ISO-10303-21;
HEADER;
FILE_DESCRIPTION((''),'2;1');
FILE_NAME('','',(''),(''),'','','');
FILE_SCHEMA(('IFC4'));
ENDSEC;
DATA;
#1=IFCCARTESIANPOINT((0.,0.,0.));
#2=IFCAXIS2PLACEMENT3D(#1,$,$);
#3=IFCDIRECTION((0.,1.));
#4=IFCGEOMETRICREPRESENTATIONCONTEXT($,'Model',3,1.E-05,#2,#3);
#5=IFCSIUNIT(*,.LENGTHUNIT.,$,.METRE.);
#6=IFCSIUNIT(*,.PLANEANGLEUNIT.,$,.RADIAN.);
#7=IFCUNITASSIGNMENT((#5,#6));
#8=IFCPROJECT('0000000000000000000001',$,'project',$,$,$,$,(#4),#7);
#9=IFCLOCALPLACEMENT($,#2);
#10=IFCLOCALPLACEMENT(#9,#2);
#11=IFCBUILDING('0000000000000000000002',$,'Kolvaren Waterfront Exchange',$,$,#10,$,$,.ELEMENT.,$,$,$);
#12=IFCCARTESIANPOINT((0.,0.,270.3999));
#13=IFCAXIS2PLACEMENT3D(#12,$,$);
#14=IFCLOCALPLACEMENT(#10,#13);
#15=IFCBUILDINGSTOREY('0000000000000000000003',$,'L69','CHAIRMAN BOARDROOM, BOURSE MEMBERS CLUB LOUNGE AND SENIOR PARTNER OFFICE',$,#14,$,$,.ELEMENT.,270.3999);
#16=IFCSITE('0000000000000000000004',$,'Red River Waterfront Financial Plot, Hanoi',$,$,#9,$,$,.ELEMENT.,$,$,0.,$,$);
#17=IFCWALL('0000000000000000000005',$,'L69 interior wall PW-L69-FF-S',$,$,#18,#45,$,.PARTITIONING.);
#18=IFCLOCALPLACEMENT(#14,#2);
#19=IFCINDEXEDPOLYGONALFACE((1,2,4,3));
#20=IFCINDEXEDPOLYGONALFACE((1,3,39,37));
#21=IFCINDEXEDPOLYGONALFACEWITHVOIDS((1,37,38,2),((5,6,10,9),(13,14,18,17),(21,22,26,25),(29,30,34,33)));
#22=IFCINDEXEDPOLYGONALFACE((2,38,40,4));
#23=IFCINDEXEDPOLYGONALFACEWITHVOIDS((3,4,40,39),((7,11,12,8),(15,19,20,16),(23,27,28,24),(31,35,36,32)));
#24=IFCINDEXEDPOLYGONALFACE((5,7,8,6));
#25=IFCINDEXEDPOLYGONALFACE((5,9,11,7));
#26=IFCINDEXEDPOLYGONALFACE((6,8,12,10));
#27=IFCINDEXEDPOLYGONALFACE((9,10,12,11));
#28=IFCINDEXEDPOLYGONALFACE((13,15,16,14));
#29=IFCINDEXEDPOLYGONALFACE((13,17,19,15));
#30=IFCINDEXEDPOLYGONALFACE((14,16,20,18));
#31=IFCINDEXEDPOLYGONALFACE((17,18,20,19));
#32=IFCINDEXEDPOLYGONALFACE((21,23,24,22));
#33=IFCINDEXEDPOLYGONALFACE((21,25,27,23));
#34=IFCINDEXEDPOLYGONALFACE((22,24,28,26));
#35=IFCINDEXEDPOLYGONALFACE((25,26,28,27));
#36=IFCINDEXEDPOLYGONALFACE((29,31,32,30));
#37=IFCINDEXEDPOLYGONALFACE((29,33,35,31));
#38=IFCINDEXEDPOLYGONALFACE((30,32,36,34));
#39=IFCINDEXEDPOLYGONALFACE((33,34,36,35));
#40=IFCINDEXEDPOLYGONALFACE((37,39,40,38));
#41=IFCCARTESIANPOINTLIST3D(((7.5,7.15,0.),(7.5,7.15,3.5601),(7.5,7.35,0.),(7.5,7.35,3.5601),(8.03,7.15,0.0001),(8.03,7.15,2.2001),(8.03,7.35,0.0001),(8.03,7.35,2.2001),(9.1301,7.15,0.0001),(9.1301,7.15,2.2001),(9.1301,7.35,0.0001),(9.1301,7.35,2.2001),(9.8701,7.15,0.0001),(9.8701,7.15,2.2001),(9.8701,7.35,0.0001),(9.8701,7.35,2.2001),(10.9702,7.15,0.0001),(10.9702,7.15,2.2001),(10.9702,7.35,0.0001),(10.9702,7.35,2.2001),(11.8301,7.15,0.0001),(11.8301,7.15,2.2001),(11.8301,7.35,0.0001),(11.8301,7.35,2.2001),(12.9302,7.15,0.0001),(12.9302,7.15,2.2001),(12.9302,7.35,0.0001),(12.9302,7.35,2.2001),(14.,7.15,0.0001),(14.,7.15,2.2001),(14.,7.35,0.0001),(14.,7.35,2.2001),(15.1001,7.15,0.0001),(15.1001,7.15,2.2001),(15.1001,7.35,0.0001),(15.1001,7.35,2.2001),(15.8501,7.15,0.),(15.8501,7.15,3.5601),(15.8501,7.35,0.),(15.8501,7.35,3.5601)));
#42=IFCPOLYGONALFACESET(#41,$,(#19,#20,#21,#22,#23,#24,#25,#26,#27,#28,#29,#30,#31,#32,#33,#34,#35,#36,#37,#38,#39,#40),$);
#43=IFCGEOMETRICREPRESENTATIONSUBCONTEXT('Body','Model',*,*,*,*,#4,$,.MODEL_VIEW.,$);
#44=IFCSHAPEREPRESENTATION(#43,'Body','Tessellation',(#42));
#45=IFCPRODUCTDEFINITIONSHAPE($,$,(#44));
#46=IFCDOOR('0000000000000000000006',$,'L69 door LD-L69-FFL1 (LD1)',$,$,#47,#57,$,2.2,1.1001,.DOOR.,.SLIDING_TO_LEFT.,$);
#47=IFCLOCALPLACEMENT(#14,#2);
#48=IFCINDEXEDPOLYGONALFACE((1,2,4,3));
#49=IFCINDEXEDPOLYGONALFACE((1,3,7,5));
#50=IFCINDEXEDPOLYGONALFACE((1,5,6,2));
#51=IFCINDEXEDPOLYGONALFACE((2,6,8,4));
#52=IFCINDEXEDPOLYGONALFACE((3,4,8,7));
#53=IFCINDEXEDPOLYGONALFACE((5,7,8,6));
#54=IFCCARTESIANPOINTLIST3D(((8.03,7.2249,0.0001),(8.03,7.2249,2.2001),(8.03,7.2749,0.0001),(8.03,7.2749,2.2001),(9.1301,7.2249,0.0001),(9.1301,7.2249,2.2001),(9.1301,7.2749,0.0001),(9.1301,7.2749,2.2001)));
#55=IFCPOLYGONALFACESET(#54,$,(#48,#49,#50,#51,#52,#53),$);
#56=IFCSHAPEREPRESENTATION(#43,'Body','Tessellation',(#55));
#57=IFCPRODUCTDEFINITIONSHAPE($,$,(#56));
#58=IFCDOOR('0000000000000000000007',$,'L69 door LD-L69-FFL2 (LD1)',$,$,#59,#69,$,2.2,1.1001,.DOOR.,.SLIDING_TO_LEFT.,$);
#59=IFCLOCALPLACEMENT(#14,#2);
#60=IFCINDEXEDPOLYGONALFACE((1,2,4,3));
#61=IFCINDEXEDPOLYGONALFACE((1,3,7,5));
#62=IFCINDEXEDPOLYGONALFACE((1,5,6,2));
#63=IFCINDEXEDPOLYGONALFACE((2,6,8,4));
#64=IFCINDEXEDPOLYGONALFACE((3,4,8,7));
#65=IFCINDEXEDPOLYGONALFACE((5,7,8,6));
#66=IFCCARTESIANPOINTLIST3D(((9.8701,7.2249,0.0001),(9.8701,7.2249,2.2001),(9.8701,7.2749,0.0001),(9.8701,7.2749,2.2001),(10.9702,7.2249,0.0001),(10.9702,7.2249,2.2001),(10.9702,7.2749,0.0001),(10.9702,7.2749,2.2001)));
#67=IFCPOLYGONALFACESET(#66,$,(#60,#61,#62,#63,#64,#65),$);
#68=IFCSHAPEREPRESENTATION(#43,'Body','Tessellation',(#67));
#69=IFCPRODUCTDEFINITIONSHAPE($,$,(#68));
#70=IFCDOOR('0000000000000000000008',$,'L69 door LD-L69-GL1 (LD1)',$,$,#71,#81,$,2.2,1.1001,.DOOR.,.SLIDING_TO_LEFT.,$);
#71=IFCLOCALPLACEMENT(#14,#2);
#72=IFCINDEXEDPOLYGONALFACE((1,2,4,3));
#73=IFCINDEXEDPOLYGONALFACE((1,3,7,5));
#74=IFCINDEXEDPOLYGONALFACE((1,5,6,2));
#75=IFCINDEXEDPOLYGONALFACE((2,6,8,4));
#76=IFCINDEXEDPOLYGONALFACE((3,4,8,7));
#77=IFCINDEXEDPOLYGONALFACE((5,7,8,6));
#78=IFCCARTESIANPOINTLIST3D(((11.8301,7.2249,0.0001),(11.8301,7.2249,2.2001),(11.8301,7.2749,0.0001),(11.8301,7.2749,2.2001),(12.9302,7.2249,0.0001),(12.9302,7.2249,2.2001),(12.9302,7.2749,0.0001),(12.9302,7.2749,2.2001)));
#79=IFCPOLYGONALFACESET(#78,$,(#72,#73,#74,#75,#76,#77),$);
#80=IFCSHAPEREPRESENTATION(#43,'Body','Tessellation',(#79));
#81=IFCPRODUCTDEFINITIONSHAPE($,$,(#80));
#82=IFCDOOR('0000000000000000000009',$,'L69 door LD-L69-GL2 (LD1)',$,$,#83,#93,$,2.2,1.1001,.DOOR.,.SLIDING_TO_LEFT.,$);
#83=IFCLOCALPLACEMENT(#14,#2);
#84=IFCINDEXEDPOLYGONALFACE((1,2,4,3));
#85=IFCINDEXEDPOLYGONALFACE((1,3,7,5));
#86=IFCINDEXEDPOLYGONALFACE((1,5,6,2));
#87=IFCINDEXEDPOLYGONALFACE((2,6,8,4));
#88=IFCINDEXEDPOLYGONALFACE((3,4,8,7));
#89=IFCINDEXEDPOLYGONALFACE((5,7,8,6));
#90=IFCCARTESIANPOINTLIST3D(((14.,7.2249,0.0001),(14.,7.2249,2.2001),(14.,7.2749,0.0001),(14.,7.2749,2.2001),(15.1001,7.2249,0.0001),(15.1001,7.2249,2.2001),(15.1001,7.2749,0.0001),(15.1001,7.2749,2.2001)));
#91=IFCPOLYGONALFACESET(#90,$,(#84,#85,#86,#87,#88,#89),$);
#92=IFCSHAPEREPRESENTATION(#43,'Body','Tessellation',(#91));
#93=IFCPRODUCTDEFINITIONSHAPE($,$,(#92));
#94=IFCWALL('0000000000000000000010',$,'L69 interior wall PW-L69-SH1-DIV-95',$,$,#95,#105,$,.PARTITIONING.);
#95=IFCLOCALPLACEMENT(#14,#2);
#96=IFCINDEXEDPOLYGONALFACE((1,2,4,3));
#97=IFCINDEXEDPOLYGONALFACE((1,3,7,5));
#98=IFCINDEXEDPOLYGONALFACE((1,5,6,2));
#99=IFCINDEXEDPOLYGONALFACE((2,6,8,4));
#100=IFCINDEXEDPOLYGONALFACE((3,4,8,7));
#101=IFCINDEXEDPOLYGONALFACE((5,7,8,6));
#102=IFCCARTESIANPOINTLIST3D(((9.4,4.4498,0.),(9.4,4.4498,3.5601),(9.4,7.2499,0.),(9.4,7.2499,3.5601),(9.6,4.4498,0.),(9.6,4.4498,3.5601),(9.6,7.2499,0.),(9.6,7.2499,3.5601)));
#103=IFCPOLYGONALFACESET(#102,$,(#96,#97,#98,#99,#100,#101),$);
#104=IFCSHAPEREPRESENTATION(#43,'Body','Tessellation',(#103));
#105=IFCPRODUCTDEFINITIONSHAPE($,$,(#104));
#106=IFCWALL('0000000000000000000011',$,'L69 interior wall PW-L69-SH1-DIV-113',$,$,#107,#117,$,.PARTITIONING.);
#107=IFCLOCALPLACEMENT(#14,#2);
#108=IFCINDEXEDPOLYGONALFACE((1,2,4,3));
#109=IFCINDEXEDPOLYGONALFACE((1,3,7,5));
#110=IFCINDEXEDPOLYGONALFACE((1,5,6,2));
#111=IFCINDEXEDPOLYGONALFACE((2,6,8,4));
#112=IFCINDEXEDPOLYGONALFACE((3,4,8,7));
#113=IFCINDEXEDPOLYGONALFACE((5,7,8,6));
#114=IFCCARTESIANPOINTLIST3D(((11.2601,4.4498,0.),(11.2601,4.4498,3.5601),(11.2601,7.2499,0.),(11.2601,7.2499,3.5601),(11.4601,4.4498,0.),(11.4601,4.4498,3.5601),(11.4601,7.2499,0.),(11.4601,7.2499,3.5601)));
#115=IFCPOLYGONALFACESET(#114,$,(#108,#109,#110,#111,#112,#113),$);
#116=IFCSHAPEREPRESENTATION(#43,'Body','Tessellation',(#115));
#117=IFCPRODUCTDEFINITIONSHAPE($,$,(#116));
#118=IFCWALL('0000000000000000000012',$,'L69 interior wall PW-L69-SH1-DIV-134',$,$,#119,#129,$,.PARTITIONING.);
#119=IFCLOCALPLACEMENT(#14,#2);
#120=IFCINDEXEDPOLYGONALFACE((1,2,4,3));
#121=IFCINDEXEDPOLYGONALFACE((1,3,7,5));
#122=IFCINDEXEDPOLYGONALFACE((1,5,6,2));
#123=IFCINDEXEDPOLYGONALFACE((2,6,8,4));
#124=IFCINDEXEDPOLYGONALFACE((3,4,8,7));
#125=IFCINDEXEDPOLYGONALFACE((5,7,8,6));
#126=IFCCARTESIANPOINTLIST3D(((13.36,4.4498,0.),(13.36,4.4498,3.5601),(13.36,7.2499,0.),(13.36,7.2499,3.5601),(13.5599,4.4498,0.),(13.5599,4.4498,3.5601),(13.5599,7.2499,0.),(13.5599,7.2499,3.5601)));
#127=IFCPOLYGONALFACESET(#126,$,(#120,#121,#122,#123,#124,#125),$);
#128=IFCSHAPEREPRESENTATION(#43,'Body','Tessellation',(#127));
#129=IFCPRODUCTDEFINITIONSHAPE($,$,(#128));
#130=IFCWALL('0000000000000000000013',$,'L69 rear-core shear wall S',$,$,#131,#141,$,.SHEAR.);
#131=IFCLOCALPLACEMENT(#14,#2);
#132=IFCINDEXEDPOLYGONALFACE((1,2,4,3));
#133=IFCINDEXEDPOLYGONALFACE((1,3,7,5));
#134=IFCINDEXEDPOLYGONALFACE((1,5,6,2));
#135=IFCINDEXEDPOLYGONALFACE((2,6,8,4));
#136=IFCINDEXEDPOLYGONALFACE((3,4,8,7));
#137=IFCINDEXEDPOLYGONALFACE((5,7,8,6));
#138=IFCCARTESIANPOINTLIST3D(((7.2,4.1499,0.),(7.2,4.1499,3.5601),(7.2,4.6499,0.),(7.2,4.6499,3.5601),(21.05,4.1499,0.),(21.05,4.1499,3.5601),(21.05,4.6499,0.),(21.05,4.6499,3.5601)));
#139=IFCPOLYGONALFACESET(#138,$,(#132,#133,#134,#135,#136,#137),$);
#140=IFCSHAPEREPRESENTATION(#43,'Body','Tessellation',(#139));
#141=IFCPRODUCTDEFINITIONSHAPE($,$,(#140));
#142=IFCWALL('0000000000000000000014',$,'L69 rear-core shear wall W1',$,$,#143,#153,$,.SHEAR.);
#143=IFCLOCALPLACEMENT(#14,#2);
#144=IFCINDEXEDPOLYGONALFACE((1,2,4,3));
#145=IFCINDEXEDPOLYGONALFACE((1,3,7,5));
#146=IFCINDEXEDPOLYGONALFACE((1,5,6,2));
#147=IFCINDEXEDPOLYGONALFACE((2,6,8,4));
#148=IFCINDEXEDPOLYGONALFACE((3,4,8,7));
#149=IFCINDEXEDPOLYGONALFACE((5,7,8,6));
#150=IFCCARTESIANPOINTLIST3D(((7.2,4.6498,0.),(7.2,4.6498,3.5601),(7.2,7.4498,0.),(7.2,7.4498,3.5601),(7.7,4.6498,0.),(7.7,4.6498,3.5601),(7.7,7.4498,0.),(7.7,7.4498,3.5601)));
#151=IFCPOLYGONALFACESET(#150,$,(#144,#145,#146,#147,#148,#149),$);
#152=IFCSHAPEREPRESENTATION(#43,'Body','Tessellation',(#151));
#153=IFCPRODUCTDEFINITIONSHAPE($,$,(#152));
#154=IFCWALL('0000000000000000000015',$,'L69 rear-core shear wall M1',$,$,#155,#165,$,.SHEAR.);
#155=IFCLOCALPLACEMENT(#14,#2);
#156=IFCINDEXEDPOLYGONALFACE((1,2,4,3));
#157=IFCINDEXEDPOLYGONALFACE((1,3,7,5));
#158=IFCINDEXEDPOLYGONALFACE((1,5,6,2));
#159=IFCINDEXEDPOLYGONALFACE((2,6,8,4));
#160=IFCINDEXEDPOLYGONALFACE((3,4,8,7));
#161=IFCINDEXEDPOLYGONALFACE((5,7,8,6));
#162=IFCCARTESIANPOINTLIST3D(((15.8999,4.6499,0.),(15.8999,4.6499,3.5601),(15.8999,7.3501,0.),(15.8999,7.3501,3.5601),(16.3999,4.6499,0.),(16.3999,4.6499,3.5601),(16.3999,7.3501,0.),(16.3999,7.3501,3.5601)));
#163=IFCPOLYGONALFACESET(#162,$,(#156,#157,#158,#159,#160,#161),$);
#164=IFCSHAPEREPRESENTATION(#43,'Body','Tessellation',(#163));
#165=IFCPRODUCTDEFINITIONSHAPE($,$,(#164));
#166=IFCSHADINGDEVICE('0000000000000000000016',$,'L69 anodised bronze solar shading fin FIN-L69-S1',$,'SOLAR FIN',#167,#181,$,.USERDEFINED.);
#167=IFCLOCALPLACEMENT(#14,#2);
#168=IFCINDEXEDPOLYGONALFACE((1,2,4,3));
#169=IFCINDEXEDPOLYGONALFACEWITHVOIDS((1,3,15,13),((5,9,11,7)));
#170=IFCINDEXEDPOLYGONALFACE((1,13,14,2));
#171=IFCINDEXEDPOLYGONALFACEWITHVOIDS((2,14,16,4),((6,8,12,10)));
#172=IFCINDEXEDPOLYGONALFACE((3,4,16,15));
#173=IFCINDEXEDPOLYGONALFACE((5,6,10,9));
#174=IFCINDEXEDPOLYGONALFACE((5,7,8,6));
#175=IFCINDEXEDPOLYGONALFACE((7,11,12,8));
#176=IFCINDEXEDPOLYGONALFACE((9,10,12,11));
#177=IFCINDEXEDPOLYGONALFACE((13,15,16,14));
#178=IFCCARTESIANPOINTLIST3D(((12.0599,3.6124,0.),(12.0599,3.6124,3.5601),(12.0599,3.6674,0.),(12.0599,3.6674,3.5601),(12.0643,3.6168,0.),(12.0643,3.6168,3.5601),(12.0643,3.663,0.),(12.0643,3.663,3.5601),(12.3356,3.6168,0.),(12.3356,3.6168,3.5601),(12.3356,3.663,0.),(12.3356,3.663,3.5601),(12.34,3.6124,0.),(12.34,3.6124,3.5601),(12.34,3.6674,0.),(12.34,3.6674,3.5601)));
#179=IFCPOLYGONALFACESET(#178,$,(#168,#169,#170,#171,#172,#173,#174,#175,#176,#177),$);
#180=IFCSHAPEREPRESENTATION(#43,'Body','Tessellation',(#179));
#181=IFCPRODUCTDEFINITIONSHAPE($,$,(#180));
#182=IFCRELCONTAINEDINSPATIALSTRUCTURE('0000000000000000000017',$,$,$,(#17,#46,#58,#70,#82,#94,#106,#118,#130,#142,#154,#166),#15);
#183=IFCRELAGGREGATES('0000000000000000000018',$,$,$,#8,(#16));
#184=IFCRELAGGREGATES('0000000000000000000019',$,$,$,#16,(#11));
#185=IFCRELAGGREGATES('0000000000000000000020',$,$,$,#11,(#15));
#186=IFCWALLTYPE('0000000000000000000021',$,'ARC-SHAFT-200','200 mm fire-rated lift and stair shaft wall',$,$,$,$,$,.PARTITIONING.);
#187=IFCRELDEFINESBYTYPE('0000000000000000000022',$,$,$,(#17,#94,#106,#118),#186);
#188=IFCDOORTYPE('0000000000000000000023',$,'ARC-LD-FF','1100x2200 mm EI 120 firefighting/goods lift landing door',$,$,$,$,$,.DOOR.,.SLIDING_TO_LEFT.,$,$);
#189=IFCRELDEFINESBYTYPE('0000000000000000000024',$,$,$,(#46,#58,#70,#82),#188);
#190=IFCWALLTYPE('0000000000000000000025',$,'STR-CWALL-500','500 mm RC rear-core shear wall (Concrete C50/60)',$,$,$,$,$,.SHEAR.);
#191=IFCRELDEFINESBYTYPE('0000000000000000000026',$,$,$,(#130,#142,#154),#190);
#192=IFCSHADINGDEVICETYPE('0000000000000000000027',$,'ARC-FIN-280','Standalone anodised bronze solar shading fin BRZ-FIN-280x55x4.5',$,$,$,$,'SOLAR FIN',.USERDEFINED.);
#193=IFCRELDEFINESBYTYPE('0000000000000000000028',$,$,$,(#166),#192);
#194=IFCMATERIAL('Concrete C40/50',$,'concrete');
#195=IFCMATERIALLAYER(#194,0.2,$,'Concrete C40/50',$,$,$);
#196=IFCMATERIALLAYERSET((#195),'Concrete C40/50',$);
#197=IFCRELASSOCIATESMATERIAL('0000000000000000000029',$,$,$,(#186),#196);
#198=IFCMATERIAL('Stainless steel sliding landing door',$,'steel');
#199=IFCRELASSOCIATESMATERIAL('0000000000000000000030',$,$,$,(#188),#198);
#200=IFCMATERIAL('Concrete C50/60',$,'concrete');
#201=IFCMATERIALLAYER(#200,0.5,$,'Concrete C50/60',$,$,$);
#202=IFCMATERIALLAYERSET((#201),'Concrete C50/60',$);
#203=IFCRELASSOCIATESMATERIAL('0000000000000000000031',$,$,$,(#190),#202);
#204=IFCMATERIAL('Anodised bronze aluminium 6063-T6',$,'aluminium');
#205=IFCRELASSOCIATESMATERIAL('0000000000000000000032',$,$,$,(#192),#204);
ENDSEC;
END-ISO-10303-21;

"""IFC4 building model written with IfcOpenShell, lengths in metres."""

from ifc_helpers import new_model, si_unit, direction, frame, frame_2d, origin, origin_2d, place, context, subcontext, project, spatial, rectangle, hollow_rectangle, extrude, material, layer, layer_set, material_profile, profile_set, type_object, element, fill, save


model = new_model("IFC4")

# Units and contexts
model_context = context("Model", 3, precision=1e-05, world=origin(), true_north=direction((0.0, 1.0)))
body_context = subcontext(model_context, "Body", "Model", "MODEL_VIEW")
ifc_project = project(units=[si_unit("LENGTHUNIT", "METRE"), si_unit("PLANEANGLEUNIT", "RADIAN")], contexts=[model_context])

# Site, building, storey
site_placement = place(None, origin())
site = spatial("IfcSite", under=ifc_project, at=site_placement, Name="Red River Waterfront Financial Plot, Hanoi", CompositionType="ELEMENT", RefElevation=0.0)
building_placement = place(site_placement, origin())
building = spatial("IfcBuilding", under=site, at=building_placement, Name="Kolvaren Waterfront Exchange", CompositionType="ELEMENT")
storey_placement = place(building_placement, frame((0.0, 0.0, 270.3999)))
storey = spatial("IfcBuildingStorey", under=building, at=storey_placement, Name="L69", Description="CHAIRMAN BOARDROOM, BOURSE MEMBERS CLUB LOUNGE AND SENIOR PARTNER OFFICE", CompositionType="ELEMENT", Elevation=270.3999)

# Shared definitions
ifc_material_1 = material(Name="Concrete C50/60", Category="concrete")

# Shared definitions
ifc_material_2 = material(Name="Anodised bronze aluminium 6063-T6", Category="aluminium")

# Shared definitions
ifc_material_3 = material(Name="Concrete C40/50", Category="concrete")
ifc_layer_1 = layer(ifc_material_3, 0.2, Name="Concrete C40/50")
ifc_layer_set_1 = layer_set([ifc_layer_1], Name="Concrete C40/50")
wall_type_1 = type_object("IfcWallType", Name="ARC-SHAFT-200", Description="200 mm fire-rated lift and stair shaft wall", PredefinedType="PARTITIONING", material=ifc_layer_set_1)

# Wall, openings, doors
wall_1_placement = place(storey_placement, frame((7.5, 7.25, 0.0), z_axis=(0.0, 0.0, 1.0), x_axis=(1.0, 0.0, 0.0)))
wall_1 = element("IfcWall", 1, at=wall_1_placement, inside=storey, type_object=wall_type_1, Name="L69 interior wall PW-L69-FF-S", PredefinedType="PARTITIONING", context=body_context, shape_type="SweptSolid", body=[
    extrude(rectangle(XDim=8.3501, YDim=0.2, at=frame_2d((4.175, 0.0))), origin(), (0.0, 0.0, 1.0), 3.5601),
])
opening_1_placement = place(wall_1_placement, frame((0.53, 0.0, 0.0)))
opening_1 = element("IfcOpeningElement", 2, at=opening_1_placement, cuts=wall_1, PredefinedType="OPENING", context=body_context, shape_type="SweptSolid", body=[
    extrude(rectangle(XDim=1.1001, YDim=2.2, at=frame_2d((0.55, 1.1001))), frame((0.0, 0.1099, 0.0), z_axis=(0.0, -1.0, 0.0), x_axis=(1.0, 0.0, 0.0)), (0.0, 0.0, 1.0), 0.22),
])
opening_2_placement = place(wall_1_placement, frame((2.3701, 0.0, 0.0)))
opening_2 = element("IfcOpeningElement", 3, at=opening_2_placement, cuts=wall_1, PredefinedType="OPENING", context=body_context, shape_type="SweptSolid", body=[
    extrude(rectangle(XDim=1.1001, YDim=2.2, at=frame_2d((0.55, 1.1001))), frame((0.0, 0.1099, 0.0), z_axis=(0.0, -1.0, 0.0), x_axis=(1.0, 0.0, 0.0)), (0.0, 0.0, 1.0), 0.22),
])
opening_3_placement = place(wall_1_placement, frame((4.3301, 0.0, 0.0)))
opening_3 = element("IfcOpeningElement", 4, at=opening_3_placement, cuts=wall_1, PredefinedType="OPENING", context=body_context, shape_type="SweptSolid", body=[
    extrude(rectangle(XDim=1.1001, YDim=2.2, at=frame_2d((0.55, 1.1001))), frame((0.0, 0.1099, 0.0), z_axis=(0.0, -1.0, 0.0), x_axis=(1.0, 0.0, 0.0)), (0.0, 0.0, 1.0), 0.22),
])
opening_4_placement = place(wall_1_placement, frame((6.5, 0.0, 0.0)))
opening_4 = element("IfcOpeningElement", 5, at=opening_4_placement, cuts=wall_1, PredefinedType="OPENING", context=body_context, shape_type="SweptSolid", body=[
    extrude(rectangle(XDim=1.1001, YDim=2.2, at=frame_2d((0.55, 1.1001))), frame((0.0, 0.1099, 0.0), z_axis=(0.0, -1.0, 0.0), x_axis=(1.0, 0.0, 0.0)), (0.0, 0.0, 1.0), 0.22),
])
ifc_material_4 = material(Name="Stainless steel sliding landing door", Category="steel")
door_type = type_object("IfcDoorType", Name="ARC-LD-FF", Description="1100x2200 mm EI 120 firefighting/goods lift landing door", OperationType="SLIDING_TO_LEFT", PredefinedType="DOOR", material=ifc_material_4)
door_1_placement = place(opening_1_placement, origin())
door_1 = element("IfcDoor", 6, at=door_1_placement, inside=storey, type_object=door_type, Name="L69 door LD-L69-FFL1 (LD1)", OperationType="SLIDING_TO_LEFT", OverallHeight=2.2, OverallWidth=1.1001, PredefinedType="DOOR", context=body_context, shape_type="SweptSolid", body=[
    extrude(rectangle(XDim=1.1001, YDim=2.2, at=frame_2d((0.55, 1.1001))), frame((0.0, 0.0249, 0.0), z_axis=(0.0, -1.0, 0.0), x_axis=(1.0, 0.0, 0.0)), (0.0, 0.0, 1.0), 0.05),
])
fill(opening_1, door_1)
door_2_placement = place(opening_2_placement, origin())
door_2 = element("IfcDoor", 7, at=door_2_placement, inside=storey, type_object=door_type, Name="L69 door LD-L69-FFL2 (LD1)", OperationType="SLIDING_TO_LEFT", OverallHeight=2.2, OverallWidth=1.1001, PredefinedType="DOOR", context=body_context, shape_type="SweptSolid", body=[
    extrude(rectangle(XDim=1.1001, YDim=2.2, at=frame_2d((0.55, 1.1001))), frame((0.0, 0.0249, 0.0), z_axis=(0.0, -1.0, 0.0), x_axis=(1.0, 0.0, 0.0)), (0.0, 0.0, 1.0), 0.05),
])
fill(opening_2, door_2)
door_3_placement = place(opening_3_placement, origin())
door_3 = element("IfcDoor", 8, at=door_3_placement, inside=storey, type_object=door_type, Name="L69 door LD-L69-GL1 (LD1)", OperationType="SLIDING_TO_LEFT", OverallHeight=2.2, OverallWidth=1.1001, PredefinedType="DOOR", context=body_context, shape_type="SweptSolid", body=[
    extrude(rectangle(XDim=1.1001, YDim=2.2, at=frame_2d((0.55, 1.1001))), frame((0.0, 0.0249, 0.0), z_axis=(0.0, -1.0, 0.0), x_axis=(1.0, 0.0, 0.0)), (0.0, 0.0, 1.0), 0.05),
])
fill(opening_3, door_3)
door_4_placement = place(opening_4_placement, origin())
door_4 = element("IfcDoor", 9, at=door_4_placement, inside=storey, type_object=door_type, Name="L69 door LD-L69-GL2 (LD1)", OperationType="SLIDING_TO_LEFT", OverallHeight=2.2, OverallWidth=1.1001, PredefinedType="DOOR", context=body_context, shape_type="SweptSolid", body=[
    extrude(rectangle(XDim=1.1001, YDim=2.2, at=frame_2d((0.55, 1.1001))), frame((0.0, 0.0249, 0.0), z_axis=(0.0, -1.0, 0.0), x_axis=(1.0, 0.0, 0.0)), (0.0, 0.0, 1.0), 0.05),
])
fill(opening_4, door_4)

# Walls
for number, where, z_axis, x_axis, name in (
    (10, (9.5, 4.45, 0.0), (0.0, 0.0, 1.0), (0.0, 1.0, 0.0), "L69 interior wall PW-L69-SH1-DIV-95"),
    (11, (11.3601, 4.45, 0.0), (0.0, 0.0, 1.0), (0.0, 1.0, 0.0), "L69 interior wall PW-L69-SH1-DIV-113"),
    (12, (13.46, 4.45, 0.0), (0.0, 0.0, 1.0), (0.0, 1.0, 0.0), "L69 interior wall PW-L69-SH1-DIV-134"),
):
    element("IfcWall", number, at=place(storey_placement, frame(where, z_axis=z_axis, x_axis=x_axis)), inside=storey, type_object=wall_type_1, Name=name, PredefinedType="PARTITIONING", context=body_context, shape_type="SweptSolid", body=[
        extrude(rectangle(XDim=2.8, YDim=0.2, at=frame_2d((1.3999, 0.0))), origin(), (0.0, 0.0, 1.0), 3.5601),
    ])
ifc_layer_2 = layer(ifc_material_1, 0.5, Name="Concrete C50/60")
ifc_layer_set_2 = layer_set([ifc_layer_2], Name="Concrete C50/60")
wall_type_2 = type_object("IfcWallType", Name="STR-CWALL-500", Description="500 mm RC rear-core shear wall (Concrete C50/60)", PredefinedType="SHEAR", material=ifc_layer_set_2)
wall_2_placement = place(storey_placement, frame((7.2, 4.3999, 0.0), z_axis=(0.0, 0.0, 1.0), x_axis=(1.0, 0.0, 0.0)))
element("IfcWall", 13, at=wall_2_placement, inside=storey, type_object=wall_type_2, Name="L69 rear-core shear wall S", PredefinedType="SHEAR", context=body_context, shape_type="SweptSolid", body=[
    extrude(rectangle(XDim=13.8501, YDim=0.5, at=frame_2d((6.925, 0.0))), origin(), (0.0, 0.0, 1.0), 3.5601),
])
wall_3_placement = place(storey_placement, frame((7.45, 4.6499, 0.0), z_axis=(0.0, 0.0, 1.0), x_axis=(0.0, 1.0, 0.0)))
element("IfcWall", 14, at=wall_3_placement, inside=storey, type_object=wall_type_2, Name="L69 rear-core shear wall W1", PredefinedType="SHEAR", context=body_context, shape_type="SweptSolid", body=[
    extrude(rectangle(XDim=2.8, YDim=0.5, at=frame_2d((1.3999, 0.0))), origin(), (0.0, 0.0, 1.0), 3.5601),
])
wall_4_placement = place(storey_placement, frame((16.1499, 4.6499, 0.0), z_axis=(0.0, 0.0, 1.0), x_axis=(0.0, 1.0, 0.0)))
element("IfcWall", 15, at=wall_4_placement, inside=storey, type_object=wall_type_2, Name="L69 rear-core shear wall M1", PredefinedType="SHEAR", context=body_context, shape_type="SweptSolid", body=[
    extrude(rectangle(XDim=2.7002, YDim=0.5, at=frame_2d((1.3501, 0.0))), origin(), (0.0, 0.0, 1.0), 3.5601),
])

# Shading device
ifc_material_profile_1 = material_profile(ifc_material_2, hollow_rectangle(XDim=0.0549, YDim=0.28, WallThickness=0.0044, at=origin_2d()), Name="BRZ-FIN-280x55x4.5")
ifc_profile_set_1 = profile_set([ifc_material_profile_1], Name="Anodised bronze aluminium 6063-T6")
shading_device_type = type_object("IfcShadingDeviceType", Name="ARC-FIN-280", Description="Standalone anodised bronze solar shading fin BRZ-FIN-280x55x4.5", ElementType="SOLAR FIN", PredefinedType="USERDEFINED", material=ifc_profile_set_1)
shading_device_placement = place(storey_placement, frame((12.2, 3.6399, 0.0), z_axis=(0.0, 0.0, 1.0), x_axis=(0.0, -1.0, 0.0)))
element("IfcShadingDevice", 16, at=shading_device_placement, inside=storey, type_object=shading_device_type, Name="L69 anodised bronze solar shading fin FIN-L69-S1", ObjectType="SOLAR FIN", PredefinedType="USERDEFINED", context=body_context, shape_type="SweptSolid", body=[
    extrude(hollow_rectangle(XDim=0.0549, YDim=0.28, WallThickness=0.0044, at=origin_2d()), origin(), (0.0, 0.0, 1.0), 3.5601),
])

save(model, "model.ifc")
